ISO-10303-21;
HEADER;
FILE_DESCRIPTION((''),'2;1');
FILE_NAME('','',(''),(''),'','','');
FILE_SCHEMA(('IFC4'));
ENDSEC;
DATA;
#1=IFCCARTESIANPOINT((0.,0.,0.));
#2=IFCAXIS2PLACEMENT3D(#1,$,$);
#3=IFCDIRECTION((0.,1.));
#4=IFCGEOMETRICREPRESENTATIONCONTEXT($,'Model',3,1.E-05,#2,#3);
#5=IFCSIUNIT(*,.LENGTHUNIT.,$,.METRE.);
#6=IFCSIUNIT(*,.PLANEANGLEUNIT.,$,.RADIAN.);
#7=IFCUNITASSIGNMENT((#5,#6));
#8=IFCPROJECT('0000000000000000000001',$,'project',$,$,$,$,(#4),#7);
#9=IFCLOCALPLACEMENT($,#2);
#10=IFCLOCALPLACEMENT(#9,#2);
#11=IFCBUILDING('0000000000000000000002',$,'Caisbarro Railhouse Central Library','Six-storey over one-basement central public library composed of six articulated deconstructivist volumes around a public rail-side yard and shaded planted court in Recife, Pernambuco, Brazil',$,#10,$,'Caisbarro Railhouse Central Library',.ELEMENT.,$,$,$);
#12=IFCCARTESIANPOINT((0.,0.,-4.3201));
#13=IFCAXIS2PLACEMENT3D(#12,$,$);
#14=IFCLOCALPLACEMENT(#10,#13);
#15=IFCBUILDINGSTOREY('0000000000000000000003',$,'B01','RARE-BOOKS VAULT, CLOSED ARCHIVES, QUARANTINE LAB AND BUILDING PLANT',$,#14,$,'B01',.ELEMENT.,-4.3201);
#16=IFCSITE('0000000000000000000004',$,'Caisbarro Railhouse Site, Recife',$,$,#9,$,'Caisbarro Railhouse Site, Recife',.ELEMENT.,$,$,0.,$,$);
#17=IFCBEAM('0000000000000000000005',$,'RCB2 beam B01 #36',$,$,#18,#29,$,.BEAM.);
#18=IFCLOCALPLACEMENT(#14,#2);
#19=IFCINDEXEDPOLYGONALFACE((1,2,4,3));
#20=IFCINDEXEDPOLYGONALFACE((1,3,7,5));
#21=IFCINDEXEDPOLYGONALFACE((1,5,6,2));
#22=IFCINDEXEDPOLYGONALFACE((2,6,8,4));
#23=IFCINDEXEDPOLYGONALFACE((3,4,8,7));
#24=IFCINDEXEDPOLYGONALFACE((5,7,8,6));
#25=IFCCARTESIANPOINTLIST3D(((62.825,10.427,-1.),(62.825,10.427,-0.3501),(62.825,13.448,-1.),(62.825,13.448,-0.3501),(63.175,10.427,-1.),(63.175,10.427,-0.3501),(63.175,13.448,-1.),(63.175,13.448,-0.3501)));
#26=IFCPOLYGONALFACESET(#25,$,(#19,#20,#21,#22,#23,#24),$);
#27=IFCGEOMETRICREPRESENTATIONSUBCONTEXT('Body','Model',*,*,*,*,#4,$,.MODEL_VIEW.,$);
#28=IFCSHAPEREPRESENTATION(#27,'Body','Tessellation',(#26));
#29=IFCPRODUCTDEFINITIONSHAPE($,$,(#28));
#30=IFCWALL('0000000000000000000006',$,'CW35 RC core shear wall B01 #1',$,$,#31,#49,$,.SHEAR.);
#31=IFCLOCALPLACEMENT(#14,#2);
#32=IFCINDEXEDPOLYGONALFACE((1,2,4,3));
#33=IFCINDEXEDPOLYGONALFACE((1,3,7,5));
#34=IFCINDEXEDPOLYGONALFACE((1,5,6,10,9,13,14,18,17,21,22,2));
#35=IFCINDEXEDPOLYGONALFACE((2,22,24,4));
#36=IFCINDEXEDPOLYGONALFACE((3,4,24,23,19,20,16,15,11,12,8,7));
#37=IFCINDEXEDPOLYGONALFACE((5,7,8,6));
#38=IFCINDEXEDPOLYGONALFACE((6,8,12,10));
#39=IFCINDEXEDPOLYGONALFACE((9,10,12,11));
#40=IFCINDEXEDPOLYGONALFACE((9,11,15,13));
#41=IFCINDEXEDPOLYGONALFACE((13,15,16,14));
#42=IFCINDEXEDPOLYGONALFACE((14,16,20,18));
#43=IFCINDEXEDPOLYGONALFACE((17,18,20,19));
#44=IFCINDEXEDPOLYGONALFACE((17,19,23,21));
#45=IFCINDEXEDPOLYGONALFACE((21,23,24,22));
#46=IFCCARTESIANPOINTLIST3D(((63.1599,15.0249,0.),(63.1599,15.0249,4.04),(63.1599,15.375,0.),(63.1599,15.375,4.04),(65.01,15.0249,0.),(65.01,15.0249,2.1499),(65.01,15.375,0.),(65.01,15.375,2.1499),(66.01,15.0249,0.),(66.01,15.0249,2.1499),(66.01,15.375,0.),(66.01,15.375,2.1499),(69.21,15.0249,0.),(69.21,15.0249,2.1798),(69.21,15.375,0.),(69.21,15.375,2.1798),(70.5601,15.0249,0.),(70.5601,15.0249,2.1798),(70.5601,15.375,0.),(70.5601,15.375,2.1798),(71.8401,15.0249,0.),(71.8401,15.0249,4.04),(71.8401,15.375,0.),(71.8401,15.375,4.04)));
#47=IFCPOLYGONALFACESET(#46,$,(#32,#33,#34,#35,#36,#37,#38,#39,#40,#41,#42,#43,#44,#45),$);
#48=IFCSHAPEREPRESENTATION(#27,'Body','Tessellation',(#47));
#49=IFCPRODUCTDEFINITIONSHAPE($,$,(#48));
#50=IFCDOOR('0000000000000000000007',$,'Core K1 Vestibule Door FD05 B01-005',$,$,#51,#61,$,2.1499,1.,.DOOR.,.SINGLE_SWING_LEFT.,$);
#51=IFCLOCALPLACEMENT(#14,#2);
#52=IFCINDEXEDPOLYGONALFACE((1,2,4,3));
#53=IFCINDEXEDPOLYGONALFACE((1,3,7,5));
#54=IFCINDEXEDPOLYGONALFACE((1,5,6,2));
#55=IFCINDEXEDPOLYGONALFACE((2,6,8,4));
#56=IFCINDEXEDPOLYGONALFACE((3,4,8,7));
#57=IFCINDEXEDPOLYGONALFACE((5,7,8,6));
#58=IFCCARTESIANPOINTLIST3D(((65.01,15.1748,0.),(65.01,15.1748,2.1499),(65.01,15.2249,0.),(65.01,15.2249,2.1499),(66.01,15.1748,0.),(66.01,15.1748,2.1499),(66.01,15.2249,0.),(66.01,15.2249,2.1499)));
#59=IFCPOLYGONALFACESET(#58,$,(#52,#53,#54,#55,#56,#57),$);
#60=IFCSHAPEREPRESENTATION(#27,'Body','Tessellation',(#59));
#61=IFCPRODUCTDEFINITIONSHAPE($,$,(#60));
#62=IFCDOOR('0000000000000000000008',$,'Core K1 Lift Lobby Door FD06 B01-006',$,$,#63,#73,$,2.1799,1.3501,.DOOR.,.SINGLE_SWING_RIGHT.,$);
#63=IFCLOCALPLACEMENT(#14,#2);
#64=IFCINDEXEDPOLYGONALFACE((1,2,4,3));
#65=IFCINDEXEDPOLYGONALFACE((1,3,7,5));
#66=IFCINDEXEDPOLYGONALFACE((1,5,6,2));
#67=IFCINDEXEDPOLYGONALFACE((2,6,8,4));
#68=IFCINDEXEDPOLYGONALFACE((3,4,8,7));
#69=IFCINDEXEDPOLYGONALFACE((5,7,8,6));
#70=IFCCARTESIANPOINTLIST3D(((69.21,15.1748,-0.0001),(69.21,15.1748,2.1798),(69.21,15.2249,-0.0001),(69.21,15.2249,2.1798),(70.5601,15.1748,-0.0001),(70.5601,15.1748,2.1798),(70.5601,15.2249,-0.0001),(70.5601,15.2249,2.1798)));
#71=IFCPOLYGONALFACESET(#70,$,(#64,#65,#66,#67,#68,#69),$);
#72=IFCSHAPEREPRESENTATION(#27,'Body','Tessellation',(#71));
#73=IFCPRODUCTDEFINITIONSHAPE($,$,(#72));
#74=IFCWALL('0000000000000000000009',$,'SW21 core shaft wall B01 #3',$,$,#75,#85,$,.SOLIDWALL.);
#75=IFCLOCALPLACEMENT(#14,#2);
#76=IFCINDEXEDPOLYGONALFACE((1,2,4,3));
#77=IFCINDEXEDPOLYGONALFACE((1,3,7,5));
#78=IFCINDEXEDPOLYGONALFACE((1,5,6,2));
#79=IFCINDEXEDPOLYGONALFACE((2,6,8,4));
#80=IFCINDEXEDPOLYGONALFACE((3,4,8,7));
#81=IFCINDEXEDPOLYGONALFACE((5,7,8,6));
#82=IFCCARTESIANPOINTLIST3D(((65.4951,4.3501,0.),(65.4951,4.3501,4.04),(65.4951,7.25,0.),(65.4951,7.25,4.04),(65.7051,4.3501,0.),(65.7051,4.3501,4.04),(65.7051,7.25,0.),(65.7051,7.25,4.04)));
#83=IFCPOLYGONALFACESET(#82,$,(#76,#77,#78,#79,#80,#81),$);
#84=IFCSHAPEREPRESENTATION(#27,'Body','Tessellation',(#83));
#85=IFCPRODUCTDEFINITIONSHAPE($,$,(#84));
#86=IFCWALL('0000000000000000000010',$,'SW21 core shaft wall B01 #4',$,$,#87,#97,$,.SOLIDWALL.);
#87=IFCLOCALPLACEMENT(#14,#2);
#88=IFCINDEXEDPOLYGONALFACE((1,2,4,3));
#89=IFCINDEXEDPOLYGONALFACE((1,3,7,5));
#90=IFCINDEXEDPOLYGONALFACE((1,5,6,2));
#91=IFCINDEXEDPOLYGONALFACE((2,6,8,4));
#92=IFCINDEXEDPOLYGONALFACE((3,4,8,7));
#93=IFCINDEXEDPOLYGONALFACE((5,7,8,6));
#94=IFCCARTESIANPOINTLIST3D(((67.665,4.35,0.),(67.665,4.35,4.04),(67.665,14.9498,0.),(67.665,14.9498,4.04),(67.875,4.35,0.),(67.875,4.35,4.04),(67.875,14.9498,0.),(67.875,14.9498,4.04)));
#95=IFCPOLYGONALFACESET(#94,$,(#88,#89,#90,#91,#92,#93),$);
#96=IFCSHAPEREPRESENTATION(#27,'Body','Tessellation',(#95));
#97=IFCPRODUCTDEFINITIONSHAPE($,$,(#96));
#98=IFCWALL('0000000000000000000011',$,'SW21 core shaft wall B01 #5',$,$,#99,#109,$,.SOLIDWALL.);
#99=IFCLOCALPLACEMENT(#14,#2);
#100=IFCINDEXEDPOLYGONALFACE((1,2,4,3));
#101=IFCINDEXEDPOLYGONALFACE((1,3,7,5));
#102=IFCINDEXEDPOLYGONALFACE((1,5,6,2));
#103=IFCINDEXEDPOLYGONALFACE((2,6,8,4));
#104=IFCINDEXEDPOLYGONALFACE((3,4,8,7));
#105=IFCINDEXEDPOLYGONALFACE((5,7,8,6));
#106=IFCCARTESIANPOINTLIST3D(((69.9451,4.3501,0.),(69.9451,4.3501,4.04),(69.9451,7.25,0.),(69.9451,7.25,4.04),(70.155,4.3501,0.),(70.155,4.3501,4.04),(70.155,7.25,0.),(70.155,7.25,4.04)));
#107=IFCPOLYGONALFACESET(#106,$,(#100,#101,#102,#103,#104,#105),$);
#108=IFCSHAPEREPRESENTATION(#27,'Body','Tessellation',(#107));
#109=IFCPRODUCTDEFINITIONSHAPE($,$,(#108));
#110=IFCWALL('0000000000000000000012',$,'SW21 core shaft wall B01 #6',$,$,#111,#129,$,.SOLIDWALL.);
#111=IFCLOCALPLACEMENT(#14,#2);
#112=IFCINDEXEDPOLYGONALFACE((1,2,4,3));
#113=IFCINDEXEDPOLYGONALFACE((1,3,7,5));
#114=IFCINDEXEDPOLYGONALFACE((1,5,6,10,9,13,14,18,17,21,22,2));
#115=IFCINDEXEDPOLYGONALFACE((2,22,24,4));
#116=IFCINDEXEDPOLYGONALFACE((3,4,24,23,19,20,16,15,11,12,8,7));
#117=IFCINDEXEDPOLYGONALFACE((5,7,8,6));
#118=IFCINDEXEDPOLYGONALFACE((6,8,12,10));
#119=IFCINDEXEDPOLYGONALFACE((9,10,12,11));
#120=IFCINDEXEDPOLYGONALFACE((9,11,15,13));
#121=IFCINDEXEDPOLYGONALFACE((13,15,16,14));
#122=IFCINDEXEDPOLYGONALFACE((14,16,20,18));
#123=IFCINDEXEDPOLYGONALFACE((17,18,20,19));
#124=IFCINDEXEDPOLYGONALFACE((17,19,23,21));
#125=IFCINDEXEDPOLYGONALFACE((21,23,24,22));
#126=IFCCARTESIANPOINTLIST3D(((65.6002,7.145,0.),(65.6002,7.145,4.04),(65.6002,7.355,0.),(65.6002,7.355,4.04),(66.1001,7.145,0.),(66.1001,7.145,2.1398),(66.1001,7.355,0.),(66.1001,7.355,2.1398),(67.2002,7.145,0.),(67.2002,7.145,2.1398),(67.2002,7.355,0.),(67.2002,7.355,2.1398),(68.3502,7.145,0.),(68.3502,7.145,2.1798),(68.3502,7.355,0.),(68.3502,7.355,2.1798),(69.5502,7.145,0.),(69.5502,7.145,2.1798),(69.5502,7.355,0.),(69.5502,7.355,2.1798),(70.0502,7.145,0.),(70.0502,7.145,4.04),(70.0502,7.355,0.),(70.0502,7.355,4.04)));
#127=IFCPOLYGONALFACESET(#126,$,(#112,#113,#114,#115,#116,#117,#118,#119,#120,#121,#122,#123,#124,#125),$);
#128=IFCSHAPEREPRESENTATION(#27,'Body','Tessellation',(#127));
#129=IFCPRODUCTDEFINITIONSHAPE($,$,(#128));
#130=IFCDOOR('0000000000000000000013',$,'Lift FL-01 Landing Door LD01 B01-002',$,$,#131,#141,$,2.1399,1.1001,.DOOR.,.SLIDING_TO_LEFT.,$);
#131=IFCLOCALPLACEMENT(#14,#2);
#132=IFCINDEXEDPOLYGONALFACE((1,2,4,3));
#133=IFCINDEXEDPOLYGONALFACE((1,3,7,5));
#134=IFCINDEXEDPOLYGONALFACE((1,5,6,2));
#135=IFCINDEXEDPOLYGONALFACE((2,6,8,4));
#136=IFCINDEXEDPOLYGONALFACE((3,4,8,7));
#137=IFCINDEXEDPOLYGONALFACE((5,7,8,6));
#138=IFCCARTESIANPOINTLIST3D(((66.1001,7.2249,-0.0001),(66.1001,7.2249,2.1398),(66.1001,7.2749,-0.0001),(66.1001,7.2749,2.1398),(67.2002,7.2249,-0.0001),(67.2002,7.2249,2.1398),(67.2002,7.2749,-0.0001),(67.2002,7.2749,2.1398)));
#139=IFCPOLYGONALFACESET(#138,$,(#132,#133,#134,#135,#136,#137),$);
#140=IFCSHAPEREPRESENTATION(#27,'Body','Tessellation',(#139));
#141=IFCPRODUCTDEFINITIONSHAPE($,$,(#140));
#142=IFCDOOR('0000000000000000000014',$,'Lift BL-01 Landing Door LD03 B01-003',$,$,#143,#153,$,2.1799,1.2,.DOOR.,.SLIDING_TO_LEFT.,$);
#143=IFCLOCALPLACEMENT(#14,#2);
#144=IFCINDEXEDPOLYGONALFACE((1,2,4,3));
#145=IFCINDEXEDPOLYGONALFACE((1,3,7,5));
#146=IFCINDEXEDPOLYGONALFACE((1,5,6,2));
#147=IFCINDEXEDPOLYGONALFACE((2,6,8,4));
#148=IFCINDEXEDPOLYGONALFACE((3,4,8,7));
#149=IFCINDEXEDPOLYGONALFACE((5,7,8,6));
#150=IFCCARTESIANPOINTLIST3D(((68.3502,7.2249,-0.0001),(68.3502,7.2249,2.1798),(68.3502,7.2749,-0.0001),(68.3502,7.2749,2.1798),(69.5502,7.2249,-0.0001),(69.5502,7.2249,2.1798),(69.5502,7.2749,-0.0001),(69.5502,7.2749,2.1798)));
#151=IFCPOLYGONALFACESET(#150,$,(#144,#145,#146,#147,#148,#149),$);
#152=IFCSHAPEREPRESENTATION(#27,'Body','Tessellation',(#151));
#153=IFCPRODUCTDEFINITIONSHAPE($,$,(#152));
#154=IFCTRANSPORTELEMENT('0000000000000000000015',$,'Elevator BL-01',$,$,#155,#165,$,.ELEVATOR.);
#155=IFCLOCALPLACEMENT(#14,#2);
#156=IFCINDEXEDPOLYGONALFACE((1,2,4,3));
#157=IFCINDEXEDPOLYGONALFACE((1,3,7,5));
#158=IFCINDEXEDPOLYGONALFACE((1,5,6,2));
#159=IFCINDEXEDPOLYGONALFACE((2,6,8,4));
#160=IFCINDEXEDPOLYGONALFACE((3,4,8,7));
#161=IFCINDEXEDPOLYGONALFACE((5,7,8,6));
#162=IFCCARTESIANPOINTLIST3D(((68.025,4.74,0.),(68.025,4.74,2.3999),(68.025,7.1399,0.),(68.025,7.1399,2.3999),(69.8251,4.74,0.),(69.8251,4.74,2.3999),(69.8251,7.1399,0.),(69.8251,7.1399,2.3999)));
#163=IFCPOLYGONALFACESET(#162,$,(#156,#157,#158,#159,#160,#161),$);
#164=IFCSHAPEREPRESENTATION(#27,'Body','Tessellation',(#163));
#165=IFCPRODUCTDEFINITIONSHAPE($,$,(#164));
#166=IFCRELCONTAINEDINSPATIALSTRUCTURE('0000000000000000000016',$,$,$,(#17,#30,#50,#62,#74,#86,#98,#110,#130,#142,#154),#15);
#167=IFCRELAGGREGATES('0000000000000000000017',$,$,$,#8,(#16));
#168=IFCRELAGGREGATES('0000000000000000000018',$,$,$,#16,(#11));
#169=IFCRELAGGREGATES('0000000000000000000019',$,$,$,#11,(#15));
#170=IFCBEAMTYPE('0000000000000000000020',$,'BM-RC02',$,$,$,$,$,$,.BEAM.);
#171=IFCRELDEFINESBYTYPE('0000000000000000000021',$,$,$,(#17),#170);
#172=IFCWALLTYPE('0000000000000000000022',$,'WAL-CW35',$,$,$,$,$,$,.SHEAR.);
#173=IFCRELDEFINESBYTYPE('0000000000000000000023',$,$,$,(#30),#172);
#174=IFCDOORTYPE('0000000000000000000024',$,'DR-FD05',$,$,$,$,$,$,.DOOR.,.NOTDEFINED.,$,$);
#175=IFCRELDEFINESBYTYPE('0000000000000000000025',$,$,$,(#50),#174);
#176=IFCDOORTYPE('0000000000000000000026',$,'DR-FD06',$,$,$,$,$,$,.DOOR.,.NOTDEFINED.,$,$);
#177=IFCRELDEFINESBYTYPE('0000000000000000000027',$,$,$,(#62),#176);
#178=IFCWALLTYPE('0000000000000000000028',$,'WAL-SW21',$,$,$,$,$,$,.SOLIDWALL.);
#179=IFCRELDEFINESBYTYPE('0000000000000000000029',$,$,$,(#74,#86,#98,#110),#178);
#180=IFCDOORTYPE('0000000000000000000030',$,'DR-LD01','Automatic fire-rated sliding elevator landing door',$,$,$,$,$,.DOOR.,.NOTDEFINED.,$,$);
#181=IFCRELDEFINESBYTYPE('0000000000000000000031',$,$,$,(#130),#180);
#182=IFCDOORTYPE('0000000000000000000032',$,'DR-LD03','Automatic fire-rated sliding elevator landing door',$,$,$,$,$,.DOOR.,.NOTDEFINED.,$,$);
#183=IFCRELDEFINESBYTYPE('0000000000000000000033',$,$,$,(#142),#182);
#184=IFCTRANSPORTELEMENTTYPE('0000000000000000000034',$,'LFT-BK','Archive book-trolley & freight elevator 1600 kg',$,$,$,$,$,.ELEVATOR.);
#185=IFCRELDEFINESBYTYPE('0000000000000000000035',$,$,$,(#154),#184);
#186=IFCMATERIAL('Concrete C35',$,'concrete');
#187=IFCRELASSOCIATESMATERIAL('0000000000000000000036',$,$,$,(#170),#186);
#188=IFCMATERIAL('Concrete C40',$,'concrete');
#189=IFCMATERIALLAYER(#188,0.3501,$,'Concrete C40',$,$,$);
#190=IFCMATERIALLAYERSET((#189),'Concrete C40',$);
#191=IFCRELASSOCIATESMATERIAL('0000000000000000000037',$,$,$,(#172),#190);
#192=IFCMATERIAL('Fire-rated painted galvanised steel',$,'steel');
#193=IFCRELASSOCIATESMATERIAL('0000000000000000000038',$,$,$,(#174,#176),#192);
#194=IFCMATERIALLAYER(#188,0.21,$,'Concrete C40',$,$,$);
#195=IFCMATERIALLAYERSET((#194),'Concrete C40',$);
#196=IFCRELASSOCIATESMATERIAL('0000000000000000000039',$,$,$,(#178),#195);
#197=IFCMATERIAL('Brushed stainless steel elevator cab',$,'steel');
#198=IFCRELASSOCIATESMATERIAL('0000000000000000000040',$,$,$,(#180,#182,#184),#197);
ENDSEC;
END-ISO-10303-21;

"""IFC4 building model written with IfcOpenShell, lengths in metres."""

from ifc_helpers import new_model, si_unit, direction, frame, frame_2d, origin, origin_2d, place, context, subcontext, project, spatial, rectangle, extrude, material, layer, layer_set, material_profile, profile_set, type_object, element, fill, save


model = new_model("IFC4")

# Units and contexts
model_context = context("Model", 3, precision=1e-05, world=origin(), true_north=direction((0.0, 1.0)))
body_context = subcontext(model_context, "Body", "Model", "MODEL_VIEW")
ifc_project = project(units=[si_unit("LENGTHUNIT", "METRE"), si_unit("PLANEANGLEUNIT", "RADIAN")], contexts=[model_context])

# Site, building, storey
site_placement = place(None, origin())
site = spatial("IfcSite", under=ifc_project, at=site_placement, Name="Caisbarro Railhouse Site, Recife", LongName="Caisbarro Railhouse Site, Recife", CompositionType="ELEMENT", RefElevation=0.0)
building_placement = place(site_placement, origin())
building = spatial("IfcBuilding", under=site, at=building_placement, Name="Caisbarro Railhouse Central Library", Description="Six-storey over one-basement central public library composed of six articulated deconstructivist volumes around a public rail-side yard and shaded planted court in Recife, Pernambuco, Brazil", LongName="Caisbarro Railhouse Central Library", CompositionType="ELEMENT")
storey_placement = place(building_placement, frame((0.0, 0.0, -4.3201)))
storey = spatial("IfcBuildingStorey", under=building, at=storey_placement, Name="B01", Description="RARE-BOOKS VAULT, CLOSED ARCHIVES, QUARANTINE LAB AND BUILDING PLANT", LongName="B01", CompositionType="ELEMENT", Elevation=-4.3201)

# Shared definitions
ifc_material_1 = material(Name="Concrete C40", Category="concrete")

# Shared definitions
ifc_material_2 = material(Name="Concrete C35", Category="concrete")

# Beam
ifc_material_profile_1 = material_profile(ifc_material_2, rectangle(XDim=0.3501, YDim=0.6499, at=origin_2d()), Name="RC-BM-350X650")
ifc_profile_set_1 = profile_set([ifc_material_profile_1], Name="Concrete C35")
beam_type_1 = type_object("IfcBeamType", Name="BM-RC02", PredefinedType="BEAM", material=ifc_profile_set_1)
beam_1_placement = place(storey_placement, frame((63.0, 10.427, -0.675), z_axis=(0.0, 1.0, 0.0), x_axis=(-1.0, 0.0, 0.0)))
element("IfcBeam", 1, at=beam_1_placement, inside=storey, type_object=beam_type_1, Name="RCB2 beam B01 #36", PredefinedType="BEAM", context=body_context, shape_type="SweptSolid", body=[
    extrude(rectangle(XDim=0.3501, YDim=0.6499, at=origin_2d()), origin(), (0.0, 0.0, 1.0), 3.021),
])

# Wall, openings, doors
ifc_layer_1 = layer(ifc_material_1, 0.3501, Name="Concrete C40")
ifc_layer_set_1 = layer_set([ifc_layer_1], Name="Concrete C40")
wall_type_1 = type_object("IfcWallType", Name="WAL-CW35", PredefinedType="SHEAR", material=ifc_layer_set_1)
wall_1_placement = place(storey_placement, frame((63.1599, 15.2, 0.0), z_axis=(0.0, 0.0, 1.0), x_axis=(1.0, 0.0, 0.0)))
wall_1 = element("IfcWall", 2, at=wall_1_placement, inside=storey, type_object=wall_type_1, Name="CW35 RC core shear wall B01 #1", PredefinedType="SHEAR", context=body_context, shape_type="SweptSolid", body=[
    extrude(rectangle(XDim=8.6802, YDim=0.3501, at=frame_2d((4.3401, 0.0))), origin(), (0.0, 0.0, 1.0), 4.04),
])
opening_1_placement = place(wall_1_placement, frame((1.8501, 0.0, 0.0)))
opening_1 = element("IfcOpeningElement", 3, at=opening_1_placement, cuts=wall_1, PredefinedType="OPENING", context=body_context, shape_type="SweptSolid", body=[
    extrude(rectangle(XDim=1.0, YDim=2.1499, at=frame_2d((0.5, 1.075))), frame((0.0, 0.1851, 0.0), z_axis=(0.0, -1.0, 0.0), x_axis=(1.0, 0.0, 0.0)), (0.0, 0.0, 1.0), 0.3701),
])
opening_2_placement = place(wall_1_placement, frame((6.05, 0.0, 0.0)))
opening_2 = element("IfcOpeningElement", 4, at=opening_2_placement, cuts=wall_1, PredefinedType="OPENING", context=body_context, shape_type="SweptSolid", body=[
    extrude(rectangle(XDim=1.3501, YDim=2.1799, at=frame_2d((0.675, 1.0898))), frame((0.0, 0.1851, 0.0), z_axis=(0.0, -1.0, 0.0), x_axis=(1.0, 0.0, 0.0)), (0.0, 0.0, 1.0), 0.3701),
])
ifc_material_3 = material(Name="Fire-rated painted galvanised steel", Category="steel")
door_type_1 = type_object("IfcDoorType", Name="DR-FD05", OperationType="NOTDEFINED", PredefinedType="DOOR", material=ifc_material_3)
door_1_placement = place(opening_1_placement, origin())
door_1 = element("IfcDoor", 5, at=door_1_placement, inside=storey, type_object=door_type_1, Name="Core K1 Vestibule Door FD05 B01-005", OperationType="SINGLE_SWING_LEFT", OverallHeight=2.1499, OverallWidth=1.0, PredefinedType="DOOR", context=body_context, shape_type="SweptSolid", body=[
    extrude(rectangle(XDim=1.0, YDim=2.1499, at=frame_2d((0.5, 1.075))), frame((0.0, 0.0249, 0.0), z_axis=(0.0, -1.0, 0.0), x_axis=(1.0, 0.0, 0.0)), (0.0, 0.0, 1.0), 0.05),
])
fill(opening_1, door_1)
door_type_2 = type_object("IfcDoorType", Name="DR-FD06", OperationType="NOTDEFINED", PredefinedType="DOOR", material=ifc_material_3)
door_2_placement = place(opening_2_placement, origin())
door_2 = element("IfcDoor", 6, at=door_2_placement, inside=storey, type_object=door_type_2, Name="Core K1 Lift Lobby Door FD06 B01-006", OperationType="SINGLE_SWING_RIGHT", OverallHeight=2.1799, OverallWidth=1.3501, PredefinedType="DOOR", context=body_context, shape_type="SweptSolid", body=[
    extrude(rectangle(XDim=1.3501, YDim=2.1799, at=frame_2d((0.675, 1.0898))), frame((0.0, 0.0249, 0.0), z_axis=(0.0, -1.0, 0.0), x_axis=(1.0, 0.0, 0.0)), (0.0, 0.0, 1.0), 0.05),
])
fill(opening_2, door_2)

# Walls
ifc_layer_2 = layer(ifc_material_1, 0.21, Name="Concrete C40")
ifc_layer_set_2 = layer_set([ifc_layer_2], Name="Concrete C40")
wall_type_2 = type_object("IfcWallType", Name="WAL-SW21", PredefinedType="SOLIDWALL", material=ifc_layer_set_2)
wall_2_placement = place(storey_placement, frame((65.6001, 4.3501, 0.0), z_axis=(0.0, 0.0, 1.0), x_axis=(0.0, 1.0, 0.0)))
element("IfcWall", 7, at=wall_2_placement, inside=storey, type_object=wall_type_2, Name="SW21 core shaft wall B01 #3", PredefinedType="SOLIDWALL", context=body_context, shape_type="SweptSolid", body=[
    extrude(rectangle(XDim=2.8999, YDim=0.21, at=frame_2d((1.45, 0.0))), origin(), (0.0, 0.0, 1.0), 4.04),
])
wall_3_placement = place(storey_placement, frame((67.77, 4.3501, 0.0), z_axis=(0.0, 0.0, 1.0), x_axis=(0.0, 1.0, 0.0)))
element("IfcWall", 8, at=wall_3_placement, inside=storey, type_object=wall_type_2, Name="SW21 core shaft wall B01 #4", PredefinedType="SOLIDWALL", context=body_context, shape_type="SweptSolid", body=[
    extrude(rectangle(XDim=10.5999, YDim=0.21, at=frame_2d((5.2998, 0.0))), origin(), (0.0, 0.0, 1.0), 4.04),
])
wall_4_placement = place(storey_placement, frame((70.05, 4.3501, 0.0), z_axis=(0.0, 0.0, 1.0), x_axis=(0.0, 1.0, 0.0)))
element("IfcWall", 9, at=wall_4_placement, inside=storey, type_object=wall_type_2, Name="SW21 core shaft wall B01 #5", PredefinedType="SOLIDWALL", context=body_context, shape_type="SweptSolid", body=[
    extrude(rectangle(XDim=2.8999, YDim=0.21, at=frame_2d((1.45, 0.0))), origin(), (0.0, 0.0, 1.0), 4.04),
])

# Wall, openings, doors
wall_5_placement = place(storey_placement, frame((65.6001, 7.25, 0.0), z_axis=(0.0, 0.0, 1.0), x_axis=(1.0, 0.0, 0.0)))
wall_5 = element("IfcWall", 10, at=wall_5_placement, inside=storey, type_object=wall_type_2, Name="SW21 core shaft wall B01 #6", PredefinedType="SOLIDWALL", context=body_context, shape_type="SweptSolid", body=[
    extrude(rectangle(XDim=4.45, YDim=0.21, at=frame_2d((2.2251, 0.0))), origin(), (0.0, 0.0, 1.0), 4.04),
])
opening_3_placement = place(wall_5_placement, frame((0.5, 0.0, 0.0)))
opening_3 = element("IfcOpeningElement", 11, at=opening_3_placement, cuts=wall_5, PredefinedType="OPENING", context=body_context, shape_type="SweptSolid", body=[
    extrude(rectangle(XDim=1.1001, YDim=2.1399, at=frame_2d((0.55, 1.0698))), frame((0.0, 0.115, 0.0), z_axis=(0.0, -1.0, 0.0), x_axis=(1.0, 0.0, 0.0)), (0.0, 0.0, 1.0), 0.23),
])
opening_4_placement = place(wall_5_placement, frame((2.75, 0.0, 0.0)))
opening_4 = element("IfcOpeningElement", 12, at=opening_4_placement, cuts=wall_5, PredefinedType="OPENING", context=body_context, shape_type="SweptSolid", body=[
    extrude(rectangle(XDim=1.2, YDim=2.1799, at=frame_2d((0.6001, 1.0898))), frame((0.0, 0.115, 0.0), z_axis=(0.0, -1.0, 0.0), x_axis=(1.0, 0.0, 0.0)), (0.0, 0.0, 1.0), 0.23),
])
ifc_material_4 = material(Name="Brushed stainless steel elevator cab", Category="steel")
door_type_3 = type_object("IfcDoorType", Name="DR-LD01", Description="Automatic fire-rated sliding elevator landing door", OperationType="NOTDEFINED", PredefinedType="DOOR", material=ifc_material_4)
door_3_placement = place(opening_3_placement, origin())
door_3 = element("IfcDoor", 13, at=door_3_placement, inside=storey, type_object=door_type_3, Name="Lift FL-01 Landing Door LD01 B01-002", OperationType="SLIDING_TO_LEFT", OverallHeight=2.1399, OverallWidth=1.1001, PredefinedType="DOOR", context=body_context, shape_type="SweptSolid", body=[
    extrude(rectangle(XDim=1.1001, YDim=2.1399, at=frame_2d((0.55, 1.0698))), frame((0.0, 0.0249, 0.0), z_axis=(0.0, -1.0, 0.0), x_axis=(1.0, 0.0, 0.0)), (0.0, 0.0, 1.0), 0.05),
])
fill(opening_3, door_3)
door_type_4 = type_object("IfcDoorType", Name="DR-LD03", Description="Automatic fire-rated sliding elevator landing door", OperationType="NOTDEFINED", PredefinedType="DOOR", material=ifc_material_4)
door_4_placement = place(opening_4_placement, origin())
door_4 = element("IfcDoor", 14, at=door_4_placement, inside=storey, type_object=door_type_4, Name="Lift BL-01 Landing Door LD03 B01-003", OperationType="SLIDING_TO_LEFT", OverallHeight=2.1799, OverallWidth=1.2, PredefinedType="DOOR", context=body_context, shape_type="SweptSolid", body=[
    extrude(rectangle(XDim=1.2, YDim=2.1799, at=frame_2d((0.6001, 1.0898))), frame((0.0, 0.0249, 0.0), z_axis=(0.0, -1.0, 0.0), x_axis=(1.0, 0.0, 0.0)), (0.0, 0.0, 1.0), 0.05),
])
fill(opening_4, door_4)

# Transport element
transport_element_type_1 = type_object("IfcTransportElementType", Name="LFT-BK", Description="Archive book-trolley & freight elevator 1600 kg", PredefinedType="ELEVATOR", material=ifc_material_4)
transport_element_1_placement = place(storey_placement, frame((68.925, 5.9399, 0.0), z_axis=(0.0, 0.0, 1.0), x_axis=(1.0, 0.0, 0.0)))
element("IfcTransportElement", 15, at=transport_element_1_placement, inside=storey, type_object=transport_element_type_1, Name="Elevator BL-01", PredefinedType="ELEVATOR", context=body_context, shape_type="SweptSolid", body=[
    extrude(rectangle(XDim=1.8, YDim=2.3999, at=origin_2d()), origin(), (0.0, 0.0, 1.0), 2.3999),
])

save(model, "model.ifc")
